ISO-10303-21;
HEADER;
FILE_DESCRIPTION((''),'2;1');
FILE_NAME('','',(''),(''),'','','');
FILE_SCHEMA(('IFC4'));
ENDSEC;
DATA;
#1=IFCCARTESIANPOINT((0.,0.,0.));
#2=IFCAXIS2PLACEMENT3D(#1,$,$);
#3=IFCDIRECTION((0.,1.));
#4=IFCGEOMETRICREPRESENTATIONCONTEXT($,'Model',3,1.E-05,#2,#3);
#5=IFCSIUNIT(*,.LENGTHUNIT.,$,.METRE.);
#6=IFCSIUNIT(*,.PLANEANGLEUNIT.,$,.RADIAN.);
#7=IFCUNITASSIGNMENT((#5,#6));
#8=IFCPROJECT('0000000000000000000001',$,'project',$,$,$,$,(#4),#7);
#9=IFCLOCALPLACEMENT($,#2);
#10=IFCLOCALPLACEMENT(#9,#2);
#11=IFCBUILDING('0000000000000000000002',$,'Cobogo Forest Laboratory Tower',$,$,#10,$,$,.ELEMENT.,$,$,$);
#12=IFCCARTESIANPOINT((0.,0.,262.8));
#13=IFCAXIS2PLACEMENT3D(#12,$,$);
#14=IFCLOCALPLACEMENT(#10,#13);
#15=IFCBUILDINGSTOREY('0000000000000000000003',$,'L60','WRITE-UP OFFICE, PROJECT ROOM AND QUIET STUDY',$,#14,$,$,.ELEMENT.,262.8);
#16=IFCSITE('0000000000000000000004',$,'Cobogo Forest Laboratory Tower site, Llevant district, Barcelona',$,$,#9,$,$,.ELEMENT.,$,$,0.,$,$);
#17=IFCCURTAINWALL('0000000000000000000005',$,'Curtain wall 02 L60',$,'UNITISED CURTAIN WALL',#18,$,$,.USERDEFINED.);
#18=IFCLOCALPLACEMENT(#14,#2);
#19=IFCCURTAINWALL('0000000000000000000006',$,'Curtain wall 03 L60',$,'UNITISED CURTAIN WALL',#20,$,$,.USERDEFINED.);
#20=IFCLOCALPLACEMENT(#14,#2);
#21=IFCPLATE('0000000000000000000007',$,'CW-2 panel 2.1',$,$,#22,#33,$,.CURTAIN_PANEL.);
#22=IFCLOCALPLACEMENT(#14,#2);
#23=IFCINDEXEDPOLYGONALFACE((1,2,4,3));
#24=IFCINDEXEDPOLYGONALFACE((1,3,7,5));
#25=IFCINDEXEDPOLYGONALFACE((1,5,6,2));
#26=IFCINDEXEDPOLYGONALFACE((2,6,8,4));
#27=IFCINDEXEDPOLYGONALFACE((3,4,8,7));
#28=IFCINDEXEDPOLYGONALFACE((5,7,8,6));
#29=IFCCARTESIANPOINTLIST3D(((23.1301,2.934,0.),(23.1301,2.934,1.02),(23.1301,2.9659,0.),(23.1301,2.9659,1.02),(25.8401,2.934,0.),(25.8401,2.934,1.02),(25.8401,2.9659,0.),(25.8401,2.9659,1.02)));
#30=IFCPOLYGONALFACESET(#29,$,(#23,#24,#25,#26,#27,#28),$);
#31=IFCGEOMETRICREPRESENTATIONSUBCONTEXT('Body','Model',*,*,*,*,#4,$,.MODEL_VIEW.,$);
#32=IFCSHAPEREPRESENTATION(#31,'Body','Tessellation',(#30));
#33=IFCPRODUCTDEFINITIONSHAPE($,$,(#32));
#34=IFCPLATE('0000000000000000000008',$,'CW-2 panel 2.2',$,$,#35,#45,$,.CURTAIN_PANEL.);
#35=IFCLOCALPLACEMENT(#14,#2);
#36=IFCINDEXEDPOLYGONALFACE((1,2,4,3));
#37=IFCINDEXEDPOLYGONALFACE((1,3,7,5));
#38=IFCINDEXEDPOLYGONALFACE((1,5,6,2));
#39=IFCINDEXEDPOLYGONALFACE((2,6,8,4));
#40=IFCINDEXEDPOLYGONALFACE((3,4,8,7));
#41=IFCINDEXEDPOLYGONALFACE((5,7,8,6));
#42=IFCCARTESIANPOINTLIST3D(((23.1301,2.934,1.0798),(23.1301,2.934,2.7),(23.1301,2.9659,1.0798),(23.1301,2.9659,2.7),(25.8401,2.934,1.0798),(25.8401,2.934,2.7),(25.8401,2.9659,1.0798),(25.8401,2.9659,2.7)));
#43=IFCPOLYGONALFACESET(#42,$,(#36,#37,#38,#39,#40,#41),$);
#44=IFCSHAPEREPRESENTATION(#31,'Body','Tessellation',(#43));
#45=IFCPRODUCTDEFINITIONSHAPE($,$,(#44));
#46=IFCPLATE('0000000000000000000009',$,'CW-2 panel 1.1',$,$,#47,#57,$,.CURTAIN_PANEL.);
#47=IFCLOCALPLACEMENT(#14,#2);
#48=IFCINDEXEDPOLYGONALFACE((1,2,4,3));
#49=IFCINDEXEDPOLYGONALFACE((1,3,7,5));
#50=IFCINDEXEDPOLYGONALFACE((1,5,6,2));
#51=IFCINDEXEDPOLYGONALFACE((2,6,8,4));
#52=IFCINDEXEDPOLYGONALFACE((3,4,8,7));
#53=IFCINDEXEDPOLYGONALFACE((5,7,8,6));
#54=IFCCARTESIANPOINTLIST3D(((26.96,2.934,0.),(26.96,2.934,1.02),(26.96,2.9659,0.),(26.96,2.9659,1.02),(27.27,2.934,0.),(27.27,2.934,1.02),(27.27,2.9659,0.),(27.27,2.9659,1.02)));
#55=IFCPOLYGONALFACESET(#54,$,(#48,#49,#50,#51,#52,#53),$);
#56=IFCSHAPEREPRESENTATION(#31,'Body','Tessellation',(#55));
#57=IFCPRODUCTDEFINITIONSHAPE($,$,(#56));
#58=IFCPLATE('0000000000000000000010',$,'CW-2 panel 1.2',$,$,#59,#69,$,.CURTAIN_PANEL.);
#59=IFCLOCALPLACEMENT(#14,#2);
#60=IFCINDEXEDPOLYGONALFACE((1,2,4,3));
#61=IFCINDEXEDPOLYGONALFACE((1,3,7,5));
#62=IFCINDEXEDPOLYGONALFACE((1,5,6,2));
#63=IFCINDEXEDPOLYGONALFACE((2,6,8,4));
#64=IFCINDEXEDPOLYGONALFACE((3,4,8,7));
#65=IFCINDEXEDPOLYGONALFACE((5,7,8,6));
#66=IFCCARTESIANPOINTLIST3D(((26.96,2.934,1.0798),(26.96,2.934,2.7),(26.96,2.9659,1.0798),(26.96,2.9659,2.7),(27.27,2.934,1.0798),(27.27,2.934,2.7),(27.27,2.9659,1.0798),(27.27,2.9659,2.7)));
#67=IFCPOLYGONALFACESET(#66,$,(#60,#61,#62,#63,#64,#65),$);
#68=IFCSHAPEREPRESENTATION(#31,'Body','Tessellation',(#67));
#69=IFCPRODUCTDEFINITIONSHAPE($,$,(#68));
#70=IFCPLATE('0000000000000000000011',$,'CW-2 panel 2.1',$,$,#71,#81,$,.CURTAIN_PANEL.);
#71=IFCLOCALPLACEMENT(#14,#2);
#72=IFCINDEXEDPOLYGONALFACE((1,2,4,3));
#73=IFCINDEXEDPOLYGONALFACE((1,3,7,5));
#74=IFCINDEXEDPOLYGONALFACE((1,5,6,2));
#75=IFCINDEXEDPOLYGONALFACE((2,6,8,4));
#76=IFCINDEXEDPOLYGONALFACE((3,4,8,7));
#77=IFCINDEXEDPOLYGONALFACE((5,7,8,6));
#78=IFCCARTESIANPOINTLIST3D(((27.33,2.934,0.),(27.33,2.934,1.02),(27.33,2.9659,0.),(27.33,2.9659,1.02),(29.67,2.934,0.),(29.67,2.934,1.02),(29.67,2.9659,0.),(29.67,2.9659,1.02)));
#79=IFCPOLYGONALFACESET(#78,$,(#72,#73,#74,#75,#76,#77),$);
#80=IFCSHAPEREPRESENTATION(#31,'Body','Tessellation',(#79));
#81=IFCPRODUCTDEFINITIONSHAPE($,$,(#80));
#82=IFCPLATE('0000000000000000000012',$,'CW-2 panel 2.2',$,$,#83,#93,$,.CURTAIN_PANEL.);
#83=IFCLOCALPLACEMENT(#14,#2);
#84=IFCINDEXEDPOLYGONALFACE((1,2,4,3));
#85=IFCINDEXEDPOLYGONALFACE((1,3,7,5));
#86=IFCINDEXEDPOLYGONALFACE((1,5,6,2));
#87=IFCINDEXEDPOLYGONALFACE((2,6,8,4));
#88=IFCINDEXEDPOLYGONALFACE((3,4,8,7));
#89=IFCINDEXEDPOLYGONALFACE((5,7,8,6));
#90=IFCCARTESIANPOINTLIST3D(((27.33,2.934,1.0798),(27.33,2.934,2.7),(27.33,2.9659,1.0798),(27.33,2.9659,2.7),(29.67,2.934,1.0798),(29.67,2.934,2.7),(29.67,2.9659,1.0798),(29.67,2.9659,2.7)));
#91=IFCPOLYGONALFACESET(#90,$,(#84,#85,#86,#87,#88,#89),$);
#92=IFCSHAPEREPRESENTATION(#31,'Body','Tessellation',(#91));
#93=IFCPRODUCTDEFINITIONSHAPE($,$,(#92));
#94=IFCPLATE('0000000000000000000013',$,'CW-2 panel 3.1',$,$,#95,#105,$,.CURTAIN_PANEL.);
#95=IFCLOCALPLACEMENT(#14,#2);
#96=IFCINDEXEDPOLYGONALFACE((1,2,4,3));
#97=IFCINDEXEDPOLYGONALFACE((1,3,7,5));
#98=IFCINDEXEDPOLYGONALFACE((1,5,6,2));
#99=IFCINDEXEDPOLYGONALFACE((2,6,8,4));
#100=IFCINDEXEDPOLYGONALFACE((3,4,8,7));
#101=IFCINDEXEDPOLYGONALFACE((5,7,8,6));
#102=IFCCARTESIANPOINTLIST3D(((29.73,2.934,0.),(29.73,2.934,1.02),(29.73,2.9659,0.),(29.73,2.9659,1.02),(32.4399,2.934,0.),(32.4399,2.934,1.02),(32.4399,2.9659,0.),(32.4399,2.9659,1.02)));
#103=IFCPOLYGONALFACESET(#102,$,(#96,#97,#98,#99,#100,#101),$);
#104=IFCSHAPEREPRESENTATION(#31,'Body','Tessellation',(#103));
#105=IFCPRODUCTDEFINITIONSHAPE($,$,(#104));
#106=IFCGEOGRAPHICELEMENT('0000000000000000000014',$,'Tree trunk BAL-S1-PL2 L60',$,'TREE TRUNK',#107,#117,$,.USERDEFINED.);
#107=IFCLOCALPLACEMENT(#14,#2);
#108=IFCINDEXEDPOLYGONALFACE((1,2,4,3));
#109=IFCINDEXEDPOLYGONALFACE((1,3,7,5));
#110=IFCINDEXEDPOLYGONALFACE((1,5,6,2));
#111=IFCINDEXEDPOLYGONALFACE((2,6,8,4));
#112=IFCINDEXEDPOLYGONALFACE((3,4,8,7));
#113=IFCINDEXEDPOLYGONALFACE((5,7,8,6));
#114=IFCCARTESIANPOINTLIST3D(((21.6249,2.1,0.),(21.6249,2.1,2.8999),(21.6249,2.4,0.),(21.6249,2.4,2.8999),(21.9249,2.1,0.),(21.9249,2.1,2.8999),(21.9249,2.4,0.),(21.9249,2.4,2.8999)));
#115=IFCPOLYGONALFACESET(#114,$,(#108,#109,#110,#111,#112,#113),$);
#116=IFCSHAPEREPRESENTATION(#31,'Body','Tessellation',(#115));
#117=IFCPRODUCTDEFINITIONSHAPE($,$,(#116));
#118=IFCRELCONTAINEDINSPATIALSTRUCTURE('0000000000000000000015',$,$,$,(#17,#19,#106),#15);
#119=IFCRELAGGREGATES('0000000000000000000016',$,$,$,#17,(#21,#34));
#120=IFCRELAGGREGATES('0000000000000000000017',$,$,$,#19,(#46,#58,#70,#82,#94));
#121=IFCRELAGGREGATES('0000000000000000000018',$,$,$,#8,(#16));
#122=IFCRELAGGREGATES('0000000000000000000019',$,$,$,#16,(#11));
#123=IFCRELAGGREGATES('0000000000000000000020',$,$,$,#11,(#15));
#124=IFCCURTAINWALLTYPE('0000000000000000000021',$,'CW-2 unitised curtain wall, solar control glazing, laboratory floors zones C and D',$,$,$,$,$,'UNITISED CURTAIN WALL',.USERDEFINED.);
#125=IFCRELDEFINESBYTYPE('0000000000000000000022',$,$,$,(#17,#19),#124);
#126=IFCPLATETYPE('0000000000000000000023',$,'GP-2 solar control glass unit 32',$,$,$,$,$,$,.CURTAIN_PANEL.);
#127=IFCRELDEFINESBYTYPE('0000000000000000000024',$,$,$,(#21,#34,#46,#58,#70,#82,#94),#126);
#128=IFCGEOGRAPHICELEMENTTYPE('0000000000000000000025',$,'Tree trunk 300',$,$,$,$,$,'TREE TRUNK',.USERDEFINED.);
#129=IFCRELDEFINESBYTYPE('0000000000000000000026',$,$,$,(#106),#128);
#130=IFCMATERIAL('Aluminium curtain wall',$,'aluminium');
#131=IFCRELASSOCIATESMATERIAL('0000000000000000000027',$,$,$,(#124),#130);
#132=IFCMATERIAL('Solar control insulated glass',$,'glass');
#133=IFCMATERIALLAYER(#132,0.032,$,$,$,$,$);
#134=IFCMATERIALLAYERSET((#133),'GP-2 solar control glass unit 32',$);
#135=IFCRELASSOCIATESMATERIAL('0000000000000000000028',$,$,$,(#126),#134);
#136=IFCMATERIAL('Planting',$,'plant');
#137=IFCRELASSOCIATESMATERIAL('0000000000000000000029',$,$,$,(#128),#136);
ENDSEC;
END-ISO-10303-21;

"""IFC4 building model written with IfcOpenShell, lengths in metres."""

from ifc_helpers import new_model, si_unit, direction, frame, origin, origin_2d, place, context, subcontext, project, spatial, rectangle, extrude, material, layer, layer_set, type_object, element, aggregate, save


model = new_model("IFC4")

# Units and contexts
model_context = context("Model", 3, precision=1e-05, world=origin(), true_north=direction((0.0, 1.0)))
body_context = subcontext(model_context, "Body", "Model", "MODEL_VIEW")
ifc_project = project(units=[si_unit("LENGTHUNIT", "METRE"), si_unit("PLANEANGLEUNIT", "RADIAN")], contexts=[model_context])

# Site, building, storey
site_placement = place(None, origin())
site = spatial("IfcSite", under=ifc_project, at=site_placement, Name="Cobogo Forest Laboratory Tower site, Llevant district, Barcelona", CompositionType="ELEMENT", RefElevation=0.0)
building_placement = place(site_placement, origin())
building = spatial("IfcBuilding", under=site, at=building_placement, Name="Cobogo Forest Laboratory Tower", CompositionType="ELEMENT")
storey_placement = place(building_placement, frame((0.0, 0.0, 262.8)))
storey = spatial("IfcBuildingStorey", under=building, at=storey_placement, Name="L60", Description="WRITE-UP OFFICE, PROJECT ROOM AND QUIET STUDY", CompositionType="ELEMENT", Elevation=262.8)

# Curtain walls
ifc_material_1 = material(Name="Aluminium curtain wall", Category="aluminium")
curtain_wall_type = type_object("IfcCurtainWallType", Name="CW-2 unitised curtain wall, solar control glazing, laboratory floors zones C and D", ElementType="UNITISED CURTAIN WALL", PredefinedType="USERDEFINED", material=ifc_material_1)
curtain_wall_1_placement = place(storey_placement, origin())
curtain_wall_1 = element("IfcCurtainWall", 1, at=curtain_wall_1_placement, inside=storey, type_object=curtain_wall_type, Name="Curtain wall 02 L60", ObjectType="UNITISED CURTAIN WALL", PredefinedType="USERDEFINED")
curtain_wall_2_placement = place(storey_placement, origin())
curtain_wall_2 = element("IfcCurtainWall", 2, at=curtain_wall_2_placement, inside=storey, type_object=curtain_wall_type, Name="Curtain wall 03 L60", ObjectType="UNITISED CURTAIN WALL", PredefinedType="USERDEFINED")

# Plates
ifc_material_2 = material(Name="Solar control insulated glass", Category="glass")
ifc_layer = layer(ifc_material_2, 0.032)
ifc_layer_set = layer_set([ifc_layer], Name="GP-2 solar control glass unit 32")
plate_type_1 = type_object("IfcPlateType", Name="GP-2 solar control glass unit 32", PredefinedType="CURTAIN_PANEL", material=ifc_layer_set)
plate_1_placement = place(storey_placement, frame((24.4851, 2.95, 0.0), z_axis=(0.0, 0.0, 1.0), x_axis=(1.0, 0.0, 0.0)))
plate_1 = element("IfcPlate", 3, at=plate_1_placement, type_object=plate_type_1, Name="CW-2 panel 2.1", PredefinedType="CURTAIN_PANEL", context=body_context, shape_type="SweptSolid", body=[
    extrude(rectangle(XDim=2.71, YDim=0.032, at=origin_2d()), origin(), (0.0, 0.0, 1.0), 1.02),
])
plate_2_placement = place(storey_placement, frame((24.4851, 2.95, 1.0798), z_axis=(0.0, 0.0, 1.0), x_axis=(1.0, 0.0, 0.0)))
plate_2 = element("IfcPlate", 4, at=plate_2_placement, type_object=plate_type_1, Name="CW-2 panel 2.2", PredefinedType="CURTAIN_PANEL", context=body_context, shape_type="SweptSolid", body=[
    extrude(rectangle(XDim=2.71, YDim=0.032, at=origin_2d()), origin(), (0.0, 0.0, 1.0), 1.6201),
])
aggregate(curtain_wall_1, [plate_1, plate_2])
plate_3_placement = place(storey_placement, frame((27.115, 2.95, 0.0), z_axis=(0.0, 0.0, 1.0), x_axis=(1.0, 0.0, 0.0)))
plate_3 = element("IfcPlate", 5, at=plate_3_placement, type_object=plate_type_1, Name="CW-2 panel 1.1", PredefinedType="CURTAIN_PANEL", context=body_context, shape_type="SweptSolid", body=[
    extrude(rectangle(XDim=0.3101, YDim=0.032, at=origin_2d()), origin(), (0.0, 0.0, 1.0), 1.02),
])
plate_4_placement = place(storey_placement, frame((27.115, 2.95, 1.0798), z_axis=(0.0, 0.0, 1.0), x_axis=(1.0, 0.0, 0.0)))
plate_4 = element("IfcPlate", 6, at=plate_4_placement, type_object=plate_type_1, Name="CW-2 panel 1.2", PredefinedType="CURTAIN_PANEL", context=body_context, shape_type="SweptSolid", body=[
    extrude(rectangle(XDim=0.3101, YDim=0.032, at=origin_2d()), origin(), (0.0, 0.0, 1.0), 1.6201),
])
plate_5_placement = place(storey_placement, frame((28.5, 2.95, 0.0), z_axis=(0.0, 0.0, 1.0), x_axis=(1.0, 0.0, 0.0)))
plate_5 = element("IfcPlate", 7, at=plate_5_placement, type_object=plate_type_1, Name="CW-2 panel 2.1", PredefinedType="CURTAIN_PANEL", context=body_context, shape_type="SweptSolid", body=[
    extrude(rectangle(XDim=2.3401, YDim=0.032, at=origin_2d()), origin(), (0.0, 0.0, 1.0), 1.02),
])
plate_6_placement = place(storey_placement, frame((28.5, 2.95, 1.0798), z_axis=(0.0, 0.0, 1.0), x_axis=(1.0, 0.0, 0.0)))
plate_6 = element("IfcPlate", 8, at=plate_6_placement, type_object=plate_type_1, Name="CW-2 panel 2.2", PredefinedType="CURTAIN_PANEL", context=body_context, shape_type="SweptSolid", body=[
    extrude(rectangle(XDim=2.3401, YDim=0.032, at=origin_2d()), origin(), (0.0, 0.0, 1.0), 1.6201),
])
plate_7_placement = place(storey_placement, frame((31.085, 2.95, 0.0), z_axis=(0.0, 0.0, 1.0), x_axis=(1.0, 0.0, 0.0)))
plate_7 = element("IfcPlate", 9, at=plate_7_placement, type_object=plate_type_1, Name="CW-2 panel 3.1", PredefinedType="CURTAIN_PANEL", context=body_context, shape_type="SweptSolid", body=[
    extrude(rectangle(XDim=2.71, YDim=0.032, at=origin_2d()), origin(), (0.0, 0.0, 1.0), 1.02),
])
aggregate(curtain_wall_2, [plate_3, plate_4, plate_5, plate_6, plate_7])

# Geographic element
ifc_material_3 = material(Name="Planting", Category="plant")
geographic_element_type = type_object("IfcGeographicElementType", Name="Tree trunk 300", ElementType="TREE TRUNK", PredefinedType="USERDEFINED", material=ifc_material_3)
geographic_element_placement = place(storey_placement, frame((21.7749, 2.25, 0.0), z_axis=(0.0, 0.0, 1.0), x_axis=(1.0, 0.0, 0.0)))
element("IfcGeographicElement", 10, at=geographic_element_placement, inside=storey, type_object=geographic_element_type, Name="Tree trunk BAL-S1-PL2 L60", ObjectType="TREE TRUNK", PredefinedType="USERDEFINED", context=body_context, shape_type="SweptSolid", body=[
    extrude(rectangle(XDim=0.3, YDim=0.3, at=origin_2d()), origin(), (0.0, 0.0, 1.0), 2.8999),
])

save(model, "model.ifc")
